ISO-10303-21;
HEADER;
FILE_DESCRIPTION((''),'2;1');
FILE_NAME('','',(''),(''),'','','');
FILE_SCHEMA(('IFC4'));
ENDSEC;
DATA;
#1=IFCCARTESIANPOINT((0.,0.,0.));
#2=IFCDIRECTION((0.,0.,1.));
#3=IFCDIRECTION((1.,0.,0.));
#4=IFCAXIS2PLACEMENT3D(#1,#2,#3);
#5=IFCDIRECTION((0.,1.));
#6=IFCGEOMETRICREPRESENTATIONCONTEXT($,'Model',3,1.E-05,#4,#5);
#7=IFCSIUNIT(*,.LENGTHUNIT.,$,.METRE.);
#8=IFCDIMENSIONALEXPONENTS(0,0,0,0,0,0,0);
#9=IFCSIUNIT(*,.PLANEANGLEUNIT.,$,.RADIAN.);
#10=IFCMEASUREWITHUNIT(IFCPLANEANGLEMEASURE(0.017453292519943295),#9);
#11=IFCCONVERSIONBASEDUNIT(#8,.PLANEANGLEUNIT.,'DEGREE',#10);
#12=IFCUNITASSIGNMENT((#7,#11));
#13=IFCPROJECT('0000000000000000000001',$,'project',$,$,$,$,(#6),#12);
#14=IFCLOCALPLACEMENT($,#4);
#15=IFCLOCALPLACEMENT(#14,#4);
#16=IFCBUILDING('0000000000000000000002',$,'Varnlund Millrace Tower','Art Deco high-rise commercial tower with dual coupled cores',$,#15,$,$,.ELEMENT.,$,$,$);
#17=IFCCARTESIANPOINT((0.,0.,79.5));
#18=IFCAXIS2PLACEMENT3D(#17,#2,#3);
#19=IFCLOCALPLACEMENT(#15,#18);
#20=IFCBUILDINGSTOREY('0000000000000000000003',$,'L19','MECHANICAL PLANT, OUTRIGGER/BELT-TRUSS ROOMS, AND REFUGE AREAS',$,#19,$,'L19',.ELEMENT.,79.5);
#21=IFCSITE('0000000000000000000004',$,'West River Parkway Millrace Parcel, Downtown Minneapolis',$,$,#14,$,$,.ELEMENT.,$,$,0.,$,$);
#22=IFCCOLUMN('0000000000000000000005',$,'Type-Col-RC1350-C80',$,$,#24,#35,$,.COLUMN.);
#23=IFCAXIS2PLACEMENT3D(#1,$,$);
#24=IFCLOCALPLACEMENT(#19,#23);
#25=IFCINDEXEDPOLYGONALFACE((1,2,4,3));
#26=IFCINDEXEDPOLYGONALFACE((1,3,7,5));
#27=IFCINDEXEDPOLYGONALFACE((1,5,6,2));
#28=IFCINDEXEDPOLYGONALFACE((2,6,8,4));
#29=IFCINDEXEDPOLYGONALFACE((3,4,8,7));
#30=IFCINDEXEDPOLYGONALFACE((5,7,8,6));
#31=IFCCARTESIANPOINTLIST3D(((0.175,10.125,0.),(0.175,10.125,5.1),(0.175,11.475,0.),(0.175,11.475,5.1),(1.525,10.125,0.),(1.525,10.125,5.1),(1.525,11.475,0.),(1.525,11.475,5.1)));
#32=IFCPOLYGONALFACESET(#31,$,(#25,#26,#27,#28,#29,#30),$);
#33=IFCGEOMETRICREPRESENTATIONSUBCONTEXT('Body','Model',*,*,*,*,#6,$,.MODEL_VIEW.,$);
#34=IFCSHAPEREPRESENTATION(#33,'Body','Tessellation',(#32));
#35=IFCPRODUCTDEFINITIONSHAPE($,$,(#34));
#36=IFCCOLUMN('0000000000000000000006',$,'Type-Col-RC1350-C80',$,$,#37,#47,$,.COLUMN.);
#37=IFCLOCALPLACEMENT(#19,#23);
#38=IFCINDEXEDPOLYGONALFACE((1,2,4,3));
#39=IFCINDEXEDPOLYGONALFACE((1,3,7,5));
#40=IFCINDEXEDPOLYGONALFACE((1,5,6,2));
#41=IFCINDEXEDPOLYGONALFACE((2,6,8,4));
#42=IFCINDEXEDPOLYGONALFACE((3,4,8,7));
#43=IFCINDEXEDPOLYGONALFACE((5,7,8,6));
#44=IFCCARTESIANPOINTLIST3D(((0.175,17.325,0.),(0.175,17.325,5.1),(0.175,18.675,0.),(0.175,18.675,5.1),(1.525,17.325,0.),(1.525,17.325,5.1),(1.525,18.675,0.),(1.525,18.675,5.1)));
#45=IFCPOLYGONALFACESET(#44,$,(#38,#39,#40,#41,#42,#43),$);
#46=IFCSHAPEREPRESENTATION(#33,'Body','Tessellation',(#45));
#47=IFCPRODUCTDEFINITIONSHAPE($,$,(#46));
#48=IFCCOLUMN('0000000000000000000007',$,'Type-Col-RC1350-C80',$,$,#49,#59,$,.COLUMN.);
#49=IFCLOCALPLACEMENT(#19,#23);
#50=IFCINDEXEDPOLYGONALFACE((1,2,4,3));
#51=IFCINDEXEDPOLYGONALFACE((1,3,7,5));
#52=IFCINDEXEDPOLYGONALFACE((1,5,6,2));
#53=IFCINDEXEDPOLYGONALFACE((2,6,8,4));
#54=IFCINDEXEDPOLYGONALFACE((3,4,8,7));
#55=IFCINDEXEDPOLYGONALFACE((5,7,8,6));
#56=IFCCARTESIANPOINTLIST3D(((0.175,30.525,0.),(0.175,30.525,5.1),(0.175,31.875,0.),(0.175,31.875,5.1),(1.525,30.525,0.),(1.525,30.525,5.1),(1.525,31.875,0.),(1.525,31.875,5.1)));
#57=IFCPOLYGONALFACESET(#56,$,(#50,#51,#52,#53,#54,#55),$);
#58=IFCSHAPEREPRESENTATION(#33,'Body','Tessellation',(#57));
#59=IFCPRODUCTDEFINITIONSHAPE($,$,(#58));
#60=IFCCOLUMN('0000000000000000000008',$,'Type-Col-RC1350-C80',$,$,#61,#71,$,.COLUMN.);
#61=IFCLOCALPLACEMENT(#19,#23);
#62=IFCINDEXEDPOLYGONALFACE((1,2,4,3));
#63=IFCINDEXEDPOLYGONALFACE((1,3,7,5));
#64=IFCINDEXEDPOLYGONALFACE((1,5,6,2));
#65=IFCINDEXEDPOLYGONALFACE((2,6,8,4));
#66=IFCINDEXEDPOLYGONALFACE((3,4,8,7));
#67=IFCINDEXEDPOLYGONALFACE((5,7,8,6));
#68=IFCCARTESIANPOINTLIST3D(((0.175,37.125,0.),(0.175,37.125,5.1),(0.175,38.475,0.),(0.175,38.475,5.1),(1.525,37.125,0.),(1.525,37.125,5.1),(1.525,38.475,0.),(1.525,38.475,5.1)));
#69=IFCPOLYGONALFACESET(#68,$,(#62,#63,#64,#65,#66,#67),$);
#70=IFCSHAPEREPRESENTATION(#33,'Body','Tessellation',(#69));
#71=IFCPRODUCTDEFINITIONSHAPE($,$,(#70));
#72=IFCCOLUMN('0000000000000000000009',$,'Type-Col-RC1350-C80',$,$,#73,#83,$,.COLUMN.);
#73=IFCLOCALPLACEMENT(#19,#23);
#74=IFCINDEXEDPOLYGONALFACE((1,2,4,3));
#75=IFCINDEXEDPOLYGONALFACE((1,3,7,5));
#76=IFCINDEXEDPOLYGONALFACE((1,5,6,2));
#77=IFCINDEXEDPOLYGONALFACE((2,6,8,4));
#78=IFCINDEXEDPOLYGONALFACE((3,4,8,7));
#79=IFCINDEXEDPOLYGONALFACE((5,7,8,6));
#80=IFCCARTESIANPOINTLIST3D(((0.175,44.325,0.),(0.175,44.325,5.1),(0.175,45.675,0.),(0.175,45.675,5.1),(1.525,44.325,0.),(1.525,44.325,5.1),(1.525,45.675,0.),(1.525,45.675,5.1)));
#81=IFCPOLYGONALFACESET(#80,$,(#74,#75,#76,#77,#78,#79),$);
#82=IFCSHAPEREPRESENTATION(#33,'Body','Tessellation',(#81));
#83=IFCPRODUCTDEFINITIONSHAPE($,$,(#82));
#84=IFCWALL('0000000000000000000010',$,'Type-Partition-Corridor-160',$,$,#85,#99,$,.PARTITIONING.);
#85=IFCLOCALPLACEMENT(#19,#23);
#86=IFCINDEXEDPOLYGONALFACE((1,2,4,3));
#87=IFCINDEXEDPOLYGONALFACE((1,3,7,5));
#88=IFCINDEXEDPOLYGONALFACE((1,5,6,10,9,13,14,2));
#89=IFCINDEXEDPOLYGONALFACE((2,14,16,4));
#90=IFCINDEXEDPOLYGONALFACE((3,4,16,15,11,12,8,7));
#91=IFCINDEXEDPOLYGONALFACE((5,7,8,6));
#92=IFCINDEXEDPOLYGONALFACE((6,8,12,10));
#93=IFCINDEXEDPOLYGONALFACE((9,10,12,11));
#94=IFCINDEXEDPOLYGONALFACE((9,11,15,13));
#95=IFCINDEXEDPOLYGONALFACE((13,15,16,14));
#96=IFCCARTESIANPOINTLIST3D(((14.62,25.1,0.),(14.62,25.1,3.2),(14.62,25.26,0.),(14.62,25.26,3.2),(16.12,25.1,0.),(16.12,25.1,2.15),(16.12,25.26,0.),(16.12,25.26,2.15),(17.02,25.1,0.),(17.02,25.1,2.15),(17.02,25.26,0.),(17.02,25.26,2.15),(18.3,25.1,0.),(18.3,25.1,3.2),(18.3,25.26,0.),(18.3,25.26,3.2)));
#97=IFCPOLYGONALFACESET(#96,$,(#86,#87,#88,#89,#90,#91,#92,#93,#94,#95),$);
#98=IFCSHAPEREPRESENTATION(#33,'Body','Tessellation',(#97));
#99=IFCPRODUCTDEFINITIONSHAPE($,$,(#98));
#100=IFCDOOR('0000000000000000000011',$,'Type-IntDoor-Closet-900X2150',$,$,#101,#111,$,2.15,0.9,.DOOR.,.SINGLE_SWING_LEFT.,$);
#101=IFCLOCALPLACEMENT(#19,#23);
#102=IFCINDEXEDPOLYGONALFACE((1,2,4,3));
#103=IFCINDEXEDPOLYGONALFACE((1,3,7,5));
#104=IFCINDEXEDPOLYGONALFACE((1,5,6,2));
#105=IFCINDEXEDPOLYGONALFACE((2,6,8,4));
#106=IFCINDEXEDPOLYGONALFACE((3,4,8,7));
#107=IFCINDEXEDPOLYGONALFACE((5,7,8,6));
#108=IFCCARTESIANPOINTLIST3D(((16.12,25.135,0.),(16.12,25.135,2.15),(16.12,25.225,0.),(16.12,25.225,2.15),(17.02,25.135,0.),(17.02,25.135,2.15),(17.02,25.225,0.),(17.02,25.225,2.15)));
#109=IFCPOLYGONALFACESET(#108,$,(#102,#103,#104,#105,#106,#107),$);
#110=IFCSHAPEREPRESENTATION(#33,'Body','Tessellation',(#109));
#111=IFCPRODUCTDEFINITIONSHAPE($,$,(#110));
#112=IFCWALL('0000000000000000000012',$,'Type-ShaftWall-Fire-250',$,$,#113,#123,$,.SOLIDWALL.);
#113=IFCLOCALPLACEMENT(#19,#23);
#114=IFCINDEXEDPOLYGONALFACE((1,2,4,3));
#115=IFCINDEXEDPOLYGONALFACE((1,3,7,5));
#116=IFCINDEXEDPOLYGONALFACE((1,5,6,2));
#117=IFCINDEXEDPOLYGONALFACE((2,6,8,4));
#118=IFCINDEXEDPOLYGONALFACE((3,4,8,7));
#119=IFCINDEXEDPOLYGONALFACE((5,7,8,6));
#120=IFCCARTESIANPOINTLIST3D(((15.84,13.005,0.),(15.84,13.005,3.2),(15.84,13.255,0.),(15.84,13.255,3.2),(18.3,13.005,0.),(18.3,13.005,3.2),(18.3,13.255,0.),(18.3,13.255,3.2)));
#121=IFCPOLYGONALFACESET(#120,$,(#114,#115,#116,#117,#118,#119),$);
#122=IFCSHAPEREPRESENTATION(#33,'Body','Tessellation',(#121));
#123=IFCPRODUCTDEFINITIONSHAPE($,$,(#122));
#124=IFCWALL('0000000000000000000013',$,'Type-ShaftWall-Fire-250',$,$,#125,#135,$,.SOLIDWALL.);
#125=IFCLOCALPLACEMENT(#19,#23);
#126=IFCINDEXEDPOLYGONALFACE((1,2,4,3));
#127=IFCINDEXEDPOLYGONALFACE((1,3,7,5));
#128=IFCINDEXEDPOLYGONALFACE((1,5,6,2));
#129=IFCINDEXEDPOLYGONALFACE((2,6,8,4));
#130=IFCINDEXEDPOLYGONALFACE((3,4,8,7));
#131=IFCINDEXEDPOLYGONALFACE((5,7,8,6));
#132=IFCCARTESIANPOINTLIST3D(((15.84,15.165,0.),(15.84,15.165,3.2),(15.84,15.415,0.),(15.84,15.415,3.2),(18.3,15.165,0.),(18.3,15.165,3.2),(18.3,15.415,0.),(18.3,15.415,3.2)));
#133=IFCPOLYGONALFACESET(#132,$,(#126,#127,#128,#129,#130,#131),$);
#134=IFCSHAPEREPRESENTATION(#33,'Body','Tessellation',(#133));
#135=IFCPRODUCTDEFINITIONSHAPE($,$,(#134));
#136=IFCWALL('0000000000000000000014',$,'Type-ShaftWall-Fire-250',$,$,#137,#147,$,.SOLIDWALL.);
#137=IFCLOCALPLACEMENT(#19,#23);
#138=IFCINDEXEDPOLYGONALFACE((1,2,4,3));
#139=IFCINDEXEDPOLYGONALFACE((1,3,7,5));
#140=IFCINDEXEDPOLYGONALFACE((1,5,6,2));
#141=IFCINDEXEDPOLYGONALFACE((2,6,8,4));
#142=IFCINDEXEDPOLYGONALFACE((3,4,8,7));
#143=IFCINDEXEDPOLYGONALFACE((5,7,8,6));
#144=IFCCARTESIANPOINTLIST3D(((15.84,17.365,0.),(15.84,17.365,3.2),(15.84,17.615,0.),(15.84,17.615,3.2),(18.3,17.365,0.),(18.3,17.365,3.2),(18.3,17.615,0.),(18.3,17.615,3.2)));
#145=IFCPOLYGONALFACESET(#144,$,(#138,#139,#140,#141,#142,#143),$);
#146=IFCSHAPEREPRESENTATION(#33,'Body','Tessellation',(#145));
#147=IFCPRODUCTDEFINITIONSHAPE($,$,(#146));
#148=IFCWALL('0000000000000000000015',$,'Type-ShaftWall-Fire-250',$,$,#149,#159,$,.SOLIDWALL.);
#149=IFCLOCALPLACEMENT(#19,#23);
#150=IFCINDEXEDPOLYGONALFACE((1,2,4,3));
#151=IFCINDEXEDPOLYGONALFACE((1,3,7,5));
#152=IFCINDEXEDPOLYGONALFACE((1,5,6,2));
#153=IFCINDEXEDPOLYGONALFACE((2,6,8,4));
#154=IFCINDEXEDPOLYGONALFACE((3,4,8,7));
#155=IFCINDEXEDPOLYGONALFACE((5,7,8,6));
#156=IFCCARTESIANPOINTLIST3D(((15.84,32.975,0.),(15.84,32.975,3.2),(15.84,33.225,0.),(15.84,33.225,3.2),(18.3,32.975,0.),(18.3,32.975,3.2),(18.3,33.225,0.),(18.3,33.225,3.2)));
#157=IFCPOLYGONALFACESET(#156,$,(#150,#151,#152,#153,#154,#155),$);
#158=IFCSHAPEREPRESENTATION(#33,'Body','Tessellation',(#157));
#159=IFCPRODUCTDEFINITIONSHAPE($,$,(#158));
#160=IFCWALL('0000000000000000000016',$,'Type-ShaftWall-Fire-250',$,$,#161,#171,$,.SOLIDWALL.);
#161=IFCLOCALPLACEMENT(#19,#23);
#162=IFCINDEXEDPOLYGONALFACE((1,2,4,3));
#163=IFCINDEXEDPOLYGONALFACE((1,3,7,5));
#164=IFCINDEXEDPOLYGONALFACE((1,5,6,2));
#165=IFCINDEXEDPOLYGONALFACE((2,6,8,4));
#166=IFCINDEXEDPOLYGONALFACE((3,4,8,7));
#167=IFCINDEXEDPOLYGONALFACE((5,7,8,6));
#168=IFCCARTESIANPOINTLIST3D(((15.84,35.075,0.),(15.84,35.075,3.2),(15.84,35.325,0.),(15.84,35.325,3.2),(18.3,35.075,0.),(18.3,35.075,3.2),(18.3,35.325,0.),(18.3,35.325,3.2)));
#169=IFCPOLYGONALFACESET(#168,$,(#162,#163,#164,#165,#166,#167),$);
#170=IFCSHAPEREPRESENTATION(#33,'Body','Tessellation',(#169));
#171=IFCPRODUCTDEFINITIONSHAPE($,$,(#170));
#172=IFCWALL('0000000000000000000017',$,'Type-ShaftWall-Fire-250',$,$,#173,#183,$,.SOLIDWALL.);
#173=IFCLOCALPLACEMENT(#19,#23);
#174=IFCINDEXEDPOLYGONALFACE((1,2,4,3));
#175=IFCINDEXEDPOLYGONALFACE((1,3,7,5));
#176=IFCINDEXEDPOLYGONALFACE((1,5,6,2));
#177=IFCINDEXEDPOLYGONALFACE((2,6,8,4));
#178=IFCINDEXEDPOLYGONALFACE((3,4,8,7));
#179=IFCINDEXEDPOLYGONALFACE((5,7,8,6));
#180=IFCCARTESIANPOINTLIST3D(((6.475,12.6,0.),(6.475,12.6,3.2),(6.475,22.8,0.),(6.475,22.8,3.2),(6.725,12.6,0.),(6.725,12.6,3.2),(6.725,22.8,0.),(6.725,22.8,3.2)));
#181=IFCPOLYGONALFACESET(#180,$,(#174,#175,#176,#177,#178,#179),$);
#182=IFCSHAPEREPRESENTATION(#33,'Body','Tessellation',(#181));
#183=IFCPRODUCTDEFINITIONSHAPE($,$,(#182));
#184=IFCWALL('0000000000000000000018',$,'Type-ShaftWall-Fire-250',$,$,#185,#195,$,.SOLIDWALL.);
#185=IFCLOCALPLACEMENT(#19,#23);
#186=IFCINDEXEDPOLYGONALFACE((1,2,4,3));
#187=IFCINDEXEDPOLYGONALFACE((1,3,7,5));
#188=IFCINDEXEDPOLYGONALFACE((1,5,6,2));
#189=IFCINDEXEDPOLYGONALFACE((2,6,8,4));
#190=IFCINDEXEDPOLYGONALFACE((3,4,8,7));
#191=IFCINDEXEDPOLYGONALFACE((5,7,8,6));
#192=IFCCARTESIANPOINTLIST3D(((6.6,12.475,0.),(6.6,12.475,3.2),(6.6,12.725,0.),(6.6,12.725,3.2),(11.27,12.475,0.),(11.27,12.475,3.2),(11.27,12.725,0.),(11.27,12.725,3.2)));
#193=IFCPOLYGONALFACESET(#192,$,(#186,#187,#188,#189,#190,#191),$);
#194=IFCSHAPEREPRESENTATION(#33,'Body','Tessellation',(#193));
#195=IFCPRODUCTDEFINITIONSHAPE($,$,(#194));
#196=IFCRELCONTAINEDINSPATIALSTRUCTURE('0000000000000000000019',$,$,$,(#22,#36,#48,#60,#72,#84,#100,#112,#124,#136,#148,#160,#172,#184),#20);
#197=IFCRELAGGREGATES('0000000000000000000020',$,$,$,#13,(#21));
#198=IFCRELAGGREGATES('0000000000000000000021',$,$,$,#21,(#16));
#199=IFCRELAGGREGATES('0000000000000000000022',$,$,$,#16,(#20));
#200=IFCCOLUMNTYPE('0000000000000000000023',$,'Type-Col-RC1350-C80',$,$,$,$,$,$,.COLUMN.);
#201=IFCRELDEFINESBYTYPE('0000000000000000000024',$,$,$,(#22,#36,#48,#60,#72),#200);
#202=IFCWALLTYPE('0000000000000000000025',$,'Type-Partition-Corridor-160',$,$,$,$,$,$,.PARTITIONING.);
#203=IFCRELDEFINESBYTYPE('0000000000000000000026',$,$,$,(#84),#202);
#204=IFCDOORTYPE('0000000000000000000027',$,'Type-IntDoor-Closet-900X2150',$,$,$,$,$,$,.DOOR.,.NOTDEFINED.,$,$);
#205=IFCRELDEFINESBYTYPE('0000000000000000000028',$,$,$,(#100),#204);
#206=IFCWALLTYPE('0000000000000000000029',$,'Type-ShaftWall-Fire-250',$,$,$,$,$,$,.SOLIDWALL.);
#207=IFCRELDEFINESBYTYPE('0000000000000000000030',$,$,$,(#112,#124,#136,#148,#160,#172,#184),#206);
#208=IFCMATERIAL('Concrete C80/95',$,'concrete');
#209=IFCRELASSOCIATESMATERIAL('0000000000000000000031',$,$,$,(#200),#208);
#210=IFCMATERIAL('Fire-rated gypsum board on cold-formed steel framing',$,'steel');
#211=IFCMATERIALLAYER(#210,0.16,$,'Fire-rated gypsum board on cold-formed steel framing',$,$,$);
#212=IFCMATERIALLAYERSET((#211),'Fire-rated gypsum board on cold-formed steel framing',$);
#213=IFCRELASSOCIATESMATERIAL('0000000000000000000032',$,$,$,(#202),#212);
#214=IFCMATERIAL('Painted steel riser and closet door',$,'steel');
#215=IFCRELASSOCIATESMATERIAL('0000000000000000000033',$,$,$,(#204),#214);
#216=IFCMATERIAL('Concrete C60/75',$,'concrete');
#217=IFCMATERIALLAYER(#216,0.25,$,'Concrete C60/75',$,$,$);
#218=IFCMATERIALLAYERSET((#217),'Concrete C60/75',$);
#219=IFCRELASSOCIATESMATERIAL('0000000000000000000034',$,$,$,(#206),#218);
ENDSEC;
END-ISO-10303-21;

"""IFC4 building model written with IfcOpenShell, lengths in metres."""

from ifc_helpers import new_model, entity, si_unit, converted_unit, direction, frame, origin_with_axes, origin_2d_with_axis, place, context, subcontext, project, spatial, polyline, rectangle, outline, extrude, material, layer, layer_set, material_profile, profile_set, type_object, element, fill, save


model = new_model("IFC4")

# Units and contexts
model_context = context("Model", 3, precision=1e-05, world=origin_with_axes(), true_north=direction((0.0, 1.0)))
body_context = subcontext(model_context, "Body", "Model", "MODEL_VIEW")
ifc_project = project(units=[si_unit("LENGTHUNIT", "METRE"), converted_unit("PLANEANGLEUNIT", "DEGREE", entity("IfcPlaneAngleMeasure", 0.017453292519943295), si_unit("PLANEANGLEUNIT", "RADIAN"), dimensions=[0, 0, 0, 0, 0, 0, 0])], contexts=[model_context])

# Site, building, storey
site_placement = place(None, origin_with_axes())
site = spatial("IfcSite", under=ifc_project, at=site_placement, Name="West River Parkway Millrace Parcel, Downtown Minneapolis", CompositionType="ELEMENT", RefElevation=0.0)
building_placement = place(site_placement, origin_with_axes())
building = spatial("IfcBuilding", under=site, at=building_placement, Name="Varnlund Millrace Tower", Description="Art Deco high-rise commercial tower with dual coupled cores", CompositionType="ELEMENT")
storey_placement = place(building_placement, frame((0.0, 0.0, 79.5), z_axis=(0.0, 0.0, 1.0), x_axis=(1.0, 0.0, 0.0)))
storey = spatial("IfcBuildingStorey", under=building, at=storey_placement, Name="L19", Description="MECHANICAL PLANT, OUTRIGGER/BELT-TRUSS ROOMS, AND REFUGE AREAS", LongName="L19", CompositionType="ELEMENT", Elevation=79.5)

# Columns
ifc_material_1 = material(Name="Concrete C80/95", Category="concrete")
ifc_material_profile = material_profile(ifc_material_1, rectangle(XDim=1.35, YDim=1.35, at=origin_2d_with_axis()), Name="Concrete C80/95")
ifc_profile_set = profile_set([ifc_material_profile], Name="Concrete C80/95")
column_type = type_object("IfcColumnType", Name="Type-Col-RC1350-C80", PredefinedType="COLUMN", material=ifc_profile_set)
for number, where, z_axis, x_axis, name in (
    (1, (0.85, 10.8, 0.0), (0.0, 0.0, 1.0), (1.0, 0.0, 0.0), "Type-Col-RC1350-C80"),
    (2, (0.85, 18.0, 0.0), (0.0, 0.0, 1.0), (1.0, 0.0, 0.0), "Type-Col-RC1350-C80"),
    (3, (0.85, 31.2, 0.0), (0.0, 0.0, 1.0), (1.0, 0.0, 0.0), "Type-Col-RC1350-C80"),
    (4, (0.85, 37.8, 0.0), (0.0, 0.0, 1.0), (1.0, 0.0, 0.0), "Type-Col-RC1350-C80"),
    (5, (0.85, 45.0, 0.0), (0.0, 0.0, 1.0), (1.0, 0.0, 0.0), "Type-Col-RC1350-C80"),
):
    element("IfcColumn", number, at=place(storey_placement, frame(where, z_axis=z_axis, x_axis=x_axis)), inside=storey, type_object=column_type, Name=name, PredefinedType="COLUMN", context=body_context, shape_type="SweptSolid", body=[
        extrude(rectangle(XDim=1.35, YDim=1.35, at=origin_2d_with_axis()), origin_with_axes(), (0.0, 0.0, 1.0), 5.1),
    ])

# Wall, opening, door
ifc_material_2 = material(Name="Fire-rated gypsum board on cold-formed steel framing", Category="steel")
ifc_layer_1 = layer(ifc_material_2, 0.16, Name="Fire-rated gypsum board on cold-formed steel framing")
ifc_layer_set_1 = layer_set([ifc_layer_1], Name="Fire-rated gypsum board on cold-formed steel framing")
wall_type_1 = type_object("IfcWallType", Name="Type-Partition-Corridor-160", PredefinedType="PARTITIONING", material=ifc_layer_set_1)
wall_1_placement = place(storey_placement, frame((14.62, 25.18, 0.0), z_axis=(0.0, 0.0, 1.0), x_axis=(1.0, 0.0, 0.0)))
wall_1 = element("IfcWall", 6, at=wall_1_placement, inside=storey, type_object=wall_type_1, Name="Type-Partition-Corridor-160", PredefinedType="PARTITIONING", context=body_context, shape_type="SweptSolid", body=[
    extrude(outline(polyline([(0.0, -0.08), (3.68, -0.08), (3.68, 0.08), (0.0, 0.08), (0.0, -0.08)])), origin_with_axes(), (0.0, 0.0, 1.0), 3.2),
])
opening_placement = place(wall_1_placement, frame((1.95, 0.0, 0.0), z_axis=(0.0, 0.0, 1.0), x_axis=(1.0, 0.0, 0.0)))
opening = element("IfcOpeningElement", 7, at=opening_placement, cuts=wall_1, PredefinedType="OPENING", context=body_context, shape_type="SweptSolid", body=[
    extrude(rectangle(XDim=0.9, YDim=0.18, at=origin_2d_with_axis()), origin_with_axes(), (0.0, 0.0, 1.0), 2.15),
])
ifc_material_3 = material(Name="Painted steel riser and closet door", Category="steel")
door_type = type_object("IfcDoorType", Name="Type-IntDoor-Closet-900X2150", OperationType="NOTDEFINED", PredefinedType="DOOR", material=ifc_material_3)
door_placement = place(wall_1_placement, frame((1.95, 0.0, 0.0), z_axis=(0.0, 0.0, 1.0), x_axis=(1.0, 0.0, 0.0)))
door = element("IfcDoor", 8, at=door_placement, inside=storey, type_object=door_type, Name="Type-IntDoor-Closet-900X2150", OperationType="SINGLE_SWING_LEFT", OverallHeight=2.15, OverallWidth=0.9, PredefinedType="DOOR", context=body_context, shape_type="SweptSolid", body=[
    extrude(rectangle(XDim=0.9, YDim=0.09, at=origin_2d_with_axis()), origin_with_axes(), (0.0, 0.0, 1.0), 2.15),
])
fill(opening, door)

# Walls
ifc_material_4 = material(Name="Concrete C60/75", Category="concrete")
ifc_layer_2 = layer(ifc_material_4, 0.25, Name="Concrete C60/75")
ifc_layer_set_2 = layer_set([ifc_layer_2], Name="Concrete C60/75")
wall_type_2 = type_object("IfcWallType", Name="Type-ShaftWall-Fire-250", PredefinedType="SOLIDWALL", material=ifc_layer_set_2)
for number, where, z_axis, x_axis, name in (
    (9, (15.84, 13.13, 0.0), (0.0, 0.0, 1.0), (1.0, 0.0, 0.0), "Type-ShaftWall-Fire-250"),
    (10, (15.84, 15.29, 0.0), (0.0, 0.0, 1.0), (1.0, 0.0, 0.0), "Type-ShaftWall-Fire-250"),
    (11, (15.84, 17.49, 0.0), (0.0, 0.0, 1.0), (1.0, 0.0, 0.0), "Type-ShaftWall-Fire-250"),
    (12, (15.84, 33.1, 0.0), (0.0, 0.0, 1.0), (1.0, 0.0, 0.0), "Type-ShaftWall-Fire-250"),
    (13, (15.84, 35.2, 0.0), (0.0, 0.0, 1.0), (1.0, 0.0, 0.0), "Type-ShaftWall-Fire-250"),
):
    element("IfcWall", number, at=place(storey_placement, frame(where, z_axis=z_axis, x_axis=x_axis)), inside=storey, type_object=wall_type_2, Name=name, PredefinedType="SOLIDWALL", context=body_context, shape_type="SweptSolid", body=[
        extrude(outline(polyline([(0.0, -0.125), (2.46, -0.125), (2.46, 0.125), (0.0, 0.125), (0.0, -0.125)])), origin_with_axes(), (0.0, 0.0, 1.0), 3.2),
    ])
wall_2_placement = place(storey_placement, frame((6.6, 12.6, 0.0), z_axis=(0.0, 0.0, 1.0), x_axis=(0.0, 1.0, 0.0)))
element("IfcWall", 14, at=wall_2_placement, inside=storey, type_object=wall_type_2, Name="Type-ShaftWall-Fire-250", PredefinedType="SOLIDWALL", context=body_context, shape_type="SweptSolid", body=[
    extrude(outline(polyline([(0.0, -0.125), (10.2, -0.125), (10.2, 0.125), (0.0, 0.125), (0.0, -0.125)])), origin_with_axes(), (0.0, 0.0, 1.0), 3.2),
])
wall_3_placement = place(storey_placement, frame((6.6, 12.6, 0.0), z_axis=(0.0, 0.0, 1.0), x_axis=(1.0, 0.0, 0.0)))
element("IfcWall", 15, at=wall_3_placement, inside=storey, type_object=wall_type_2, Name="Type-ShaftWall-Fire-250", PredefinedType="SOLIDWALL", context=body_context, shape_type="SweptSolid", body=[
    extrude(outline(polyline([(0.0, -0.125), (4.67, -0.125), (4.67, 0.125), (0.0, 0.125), (0.0, -0.125)])), origin_with_axes(), (0.0, 0.0, 1.0), 3.2),
])

save(model, "model.ifc")
